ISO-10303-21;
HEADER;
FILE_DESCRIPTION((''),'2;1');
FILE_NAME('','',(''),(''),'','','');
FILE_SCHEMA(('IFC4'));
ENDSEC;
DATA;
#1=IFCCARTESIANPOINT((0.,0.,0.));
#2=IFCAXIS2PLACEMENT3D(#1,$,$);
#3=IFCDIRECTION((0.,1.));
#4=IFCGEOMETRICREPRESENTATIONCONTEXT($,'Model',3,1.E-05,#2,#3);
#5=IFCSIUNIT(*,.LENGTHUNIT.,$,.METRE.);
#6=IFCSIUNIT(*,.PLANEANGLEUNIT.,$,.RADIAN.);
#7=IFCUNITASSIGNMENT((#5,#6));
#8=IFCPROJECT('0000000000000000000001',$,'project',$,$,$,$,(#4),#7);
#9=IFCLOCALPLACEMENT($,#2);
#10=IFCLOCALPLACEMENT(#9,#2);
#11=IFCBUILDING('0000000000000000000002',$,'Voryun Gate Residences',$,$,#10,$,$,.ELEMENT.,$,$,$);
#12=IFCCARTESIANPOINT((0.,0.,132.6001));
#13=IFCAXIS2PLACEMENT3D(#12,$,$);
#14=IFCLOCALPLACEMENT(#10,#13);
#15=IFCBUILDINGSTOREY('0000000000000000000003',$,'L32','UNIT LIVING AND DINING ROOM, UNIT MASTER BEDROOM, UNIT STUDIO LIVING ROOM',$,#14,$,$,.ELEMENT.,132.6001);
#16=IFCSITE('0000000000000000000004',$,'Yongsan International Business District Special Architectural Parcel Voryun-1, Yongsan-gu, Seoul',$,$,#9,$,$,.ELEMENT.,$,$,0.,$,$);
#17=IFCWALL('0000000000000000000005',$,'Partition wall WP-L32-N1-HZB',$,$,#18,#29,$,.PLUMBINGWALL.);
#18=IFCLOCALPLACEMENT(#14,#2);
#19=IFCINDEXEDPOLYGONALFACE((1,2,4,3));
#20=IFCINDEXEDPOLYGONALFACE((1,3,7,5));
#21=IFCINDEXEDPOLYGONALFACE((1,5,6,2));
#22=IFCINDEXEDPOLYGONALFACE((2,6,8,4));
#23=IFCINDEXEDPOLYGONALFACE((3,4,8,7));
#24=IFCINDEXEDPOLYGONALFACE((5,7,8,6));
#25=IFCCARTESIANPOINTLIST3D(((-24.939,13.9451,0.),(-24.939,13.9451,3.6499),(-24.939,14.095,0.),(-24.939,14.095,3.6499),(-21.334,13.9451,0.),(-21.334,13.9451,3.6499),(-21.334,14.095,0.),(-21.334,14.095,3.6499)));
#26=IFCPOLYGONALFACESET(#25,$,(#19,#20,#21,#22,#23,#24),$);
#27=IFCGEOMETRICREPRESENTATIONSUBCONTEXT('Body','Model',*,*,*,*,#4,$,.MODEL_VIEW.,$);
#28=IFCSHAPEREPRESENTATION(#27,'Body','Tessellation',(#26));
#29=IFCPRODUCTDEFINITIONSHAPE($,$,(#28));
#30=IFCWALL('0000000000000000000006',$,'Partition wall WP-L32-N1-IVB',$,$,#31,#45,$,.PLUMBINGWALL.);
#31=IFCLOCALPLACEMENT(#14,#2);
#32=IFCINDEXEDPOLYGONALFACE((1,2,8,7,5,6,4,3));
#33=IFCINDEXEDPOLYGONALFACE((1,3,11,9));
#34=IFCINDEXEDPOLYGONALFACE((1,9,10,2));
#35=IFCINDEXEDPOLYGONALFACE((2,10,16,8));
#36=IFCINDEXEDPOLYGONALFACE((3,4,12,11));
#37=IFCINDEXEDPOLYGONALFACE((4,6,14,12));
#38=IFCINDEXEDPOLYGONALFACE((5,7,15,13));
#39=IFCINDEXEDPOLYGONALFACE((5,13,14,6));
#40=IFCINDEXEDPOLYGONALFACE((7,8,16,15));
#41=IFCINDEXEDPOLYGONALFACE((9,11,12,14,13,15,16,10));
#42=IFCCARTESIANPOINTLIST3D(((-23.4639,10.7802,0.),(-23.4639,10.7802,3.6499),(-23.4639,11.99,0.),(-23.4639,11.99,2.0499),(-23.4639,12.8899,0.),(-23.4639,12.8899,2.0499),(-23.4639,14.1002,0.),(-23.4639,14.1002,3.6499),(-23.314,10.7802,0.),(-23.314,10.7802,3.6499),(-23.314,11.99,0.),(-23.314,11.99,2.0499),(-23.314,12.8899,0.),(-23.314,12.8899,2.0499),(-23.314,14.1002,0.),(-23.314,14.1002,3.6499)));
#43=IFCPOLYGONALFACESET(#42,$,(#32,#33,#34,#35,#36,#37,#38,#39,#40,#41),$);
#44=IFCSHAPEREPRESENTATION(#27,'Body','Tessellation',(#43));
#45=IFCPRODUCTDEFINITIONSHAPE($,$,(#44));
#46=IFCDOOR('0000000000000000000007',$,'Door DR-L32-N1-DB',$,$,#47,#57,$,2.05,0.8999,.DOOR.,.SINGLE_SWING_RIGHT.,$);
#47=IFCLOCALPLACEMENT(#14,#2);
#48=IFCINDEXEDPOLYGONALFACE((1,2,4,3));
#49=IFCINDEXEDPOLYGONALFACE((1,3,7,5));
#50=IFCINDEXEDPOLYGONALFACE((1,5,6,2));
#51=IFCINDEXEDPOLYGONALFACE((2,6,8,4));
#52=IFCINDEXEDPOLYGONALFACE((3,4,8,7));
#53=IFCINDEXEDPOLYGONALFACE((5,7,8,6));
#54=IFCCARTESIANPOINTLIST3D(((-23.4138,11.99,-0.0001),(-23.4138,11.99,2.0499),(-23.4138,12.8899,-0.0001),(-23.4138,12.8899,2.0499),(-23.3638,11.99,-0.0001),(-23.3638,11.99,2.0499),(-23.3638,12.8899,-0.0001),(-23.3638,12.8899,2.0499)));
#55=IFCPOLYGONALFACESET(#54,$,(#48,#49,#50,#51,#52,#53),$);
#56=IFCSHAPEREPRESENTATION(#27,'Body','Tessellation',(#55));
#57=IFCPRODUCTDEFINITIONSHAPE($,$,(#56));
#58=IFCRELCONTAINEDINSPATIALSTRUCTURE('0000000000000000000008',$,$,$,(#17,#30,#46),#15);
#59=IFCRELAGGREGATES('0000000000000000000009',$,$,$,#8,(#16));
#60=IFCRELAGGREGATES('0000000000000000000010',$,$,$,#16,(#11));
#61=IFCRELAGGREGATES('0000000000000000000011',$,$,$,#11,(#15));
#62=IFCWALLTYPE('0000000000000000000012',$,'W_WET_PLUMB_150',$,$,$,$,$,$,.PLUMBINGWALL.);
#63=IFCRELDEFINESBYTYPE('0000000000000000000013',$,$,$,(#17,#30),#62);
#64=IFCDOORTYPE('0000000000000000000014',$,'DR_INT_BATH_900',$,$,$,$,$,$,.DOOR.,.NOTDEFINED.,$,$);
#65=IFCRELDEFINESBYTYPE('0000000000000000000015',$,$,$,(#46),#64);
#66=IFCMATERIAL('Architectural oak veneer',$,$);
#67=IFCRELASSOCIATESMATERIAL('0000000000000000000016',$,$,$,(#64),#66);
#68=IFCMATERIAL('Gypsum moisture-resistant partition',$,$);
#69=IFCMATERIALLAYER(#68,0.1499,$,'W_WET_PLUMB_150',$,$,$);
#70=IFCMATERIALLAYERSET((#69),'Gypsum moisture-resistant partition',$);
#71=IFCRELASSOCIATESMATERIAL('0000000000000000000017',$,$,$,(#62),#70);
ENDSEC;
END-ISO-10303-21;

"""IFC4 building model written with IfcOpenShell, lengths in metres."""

from ifc_helpers import new_model, si_unit, direction, frame, frame_2d, origin, place, context, subcontext, project, spatial, rectangle, extrude, material, layer, layer_set, type_object, element, fill, save


model = new_model("IFC4")

# Units and contexts
model_context = context("Model", 3, precision=1e-05, world=origin(), true_north=direction((0.0, 1.0)))
body_context = subcontext(model_context, "Body", "Model", "MODEL_VIEW")
ifc_project = project(units=[si_unit("LENGTHUNIT", "METRE"), si_unit("PLANEANGLEUNIT", "RADIAN")], contexts=[model_context])

# Site, building, storey
site_placement = place(None, origin())
site = spatial("IfcSite", under=ifc_project, at=site_placement, Name="Yongsan International Business District Special Architectural Parcel Voryun-1, Yongsan-gu, Seoul", CompositionType="ELEMENT", RefElevation=0.0)
building_placement = place(site_placement, origin())
building = spatial("IfcBuilding", under=site, at=building_placement, Name="Voryun Gate Residences", CompositionType="ELEMENT")
storey_placement = place(building_placement, frame((0.0, 0.0, 132.6001)))
storey = spatial("IfcBuildingStorey", under=building, at=storey_placement, Name="L32", Description="UNIT LIVING AND DINING ROOM, UNIT MASTER BEDROOM, UNIT STUDIO LIVING ROOM", CompositionType="ELEMENT", Elevation=132.6001)

# Shared definitions
ifc_material_1 = material(Name="Architectural oak veneer")
door_type_1 = type_object("IfcDoorType", Name="DR_INT_BATH_900", OperationType="NOTDEFINED", PredefinedType="DOOR", material=ifc_material_1)

# Wall
ifc_material_2 = material(Name="Gypsum moisture-resistant partition")
ifc_layer_1 = layer(ifc_material_2, 0.1499, Name="W_WET_PLUMB_150")
ifc_layer_set_1 = layer_set([ifc_layer_1], Name="Gypsum moisture-resistant partition")
wall_type_1 = type_object("IfcWallType", Name="W_WET_PLUMB_150", PredefinedType="PLUMBINGWALL", material=ifc_layer_set_1)
wall_1_placement = place(storey_placement, frame((-24.939, 14.02, 0.0), z_axis=(0.0, 0.0, 1.0), x_axis=(1.0, 0.0, 0.0)))
element("IfcWall", 1, at=wall_1_placement, inside=storey, type_object=wall_type_1, Name="Partition wall WP-L32-N1-HZB", PredefinedType="PLUMBINGWALL", context=body_context, shape_type="SweptSolid", body=[
    extrude(rectangle(XDim=3.605, YDim=0.1499, at=frame_2d((1.8025, 0.0))), origin(), (0.0, 0.0, 1.0), 3.6499),
])

# Wall, opening, door
wall_2_placement = place(storey_placement, frame((-23.3889, 10.78, 0.0), z_axis=(0.0, 0.0, 1.0), x_axis=(0.0, 1.0, 0.0)))
wall_2 = element("IfcWall", 2, at=wall_2_placement, inside=storey, type_object=wall_type_1, Name="Partition wall WP-L32-N1-IVB", PredefinedType="PLUMBINGWALL", context=body_context, shape_type="SweptSolid", body=[
    extrude(rectangle(XDim=3.3201, YDim=0.1499, at=frame_2d((1.6602, 0.0))), origin(), (0.0, 0.0, 1.0), 3.6499),
])
opening_1_placement = place(wall_2_placement, frame((1.21, 0.0, 0.0)))
opening_1 = element("IfcOpeningElement", 3, at=opening_1_placement, cuts=wall_2, PredefinedType="OPENING", context=body_context, shape_type="SweptSolid", body=[
    extrude(rectangle(XDim=0.8999, YDim=2.05, at=frame_2d((0.45, 1.0249))), frame((0.0, 0.085, 0.0), z_axis=(0.0, -1.0, 0.0), x_axis=(1.0, 0.0, 0.0)), (0.0, 0.0, 1.0), 0.1699),
])
door_1_placement = place(opening_1_placement, origin())
door_1 = element("IfcDoor", 4, at=door_1_placement, inside=storey, type_object=door_type_1, Name="Door DR-L32-N1-DB", OperationType="SINGLE_SWING_RIGHT", OverallHeight=2.05, OverallWidth=0.8999, PredefinedType="DOOR", context=body_context, shape_type="SweptSolid", body=[
    extrude(rectangle(XDim=0.8999, YDim=2.05, at=frame_2d((0.45, 1.0249))), frame((0.0, 0.0249, 0.0), z_axis=(0.0, -1.0, 0.0), x_axis=(1.0, 0.0, 0.0)), (0.0, 0.0, 1.0), 0.05),
])
fill(opening_1, door_1)

save(model, "model.ifc")
